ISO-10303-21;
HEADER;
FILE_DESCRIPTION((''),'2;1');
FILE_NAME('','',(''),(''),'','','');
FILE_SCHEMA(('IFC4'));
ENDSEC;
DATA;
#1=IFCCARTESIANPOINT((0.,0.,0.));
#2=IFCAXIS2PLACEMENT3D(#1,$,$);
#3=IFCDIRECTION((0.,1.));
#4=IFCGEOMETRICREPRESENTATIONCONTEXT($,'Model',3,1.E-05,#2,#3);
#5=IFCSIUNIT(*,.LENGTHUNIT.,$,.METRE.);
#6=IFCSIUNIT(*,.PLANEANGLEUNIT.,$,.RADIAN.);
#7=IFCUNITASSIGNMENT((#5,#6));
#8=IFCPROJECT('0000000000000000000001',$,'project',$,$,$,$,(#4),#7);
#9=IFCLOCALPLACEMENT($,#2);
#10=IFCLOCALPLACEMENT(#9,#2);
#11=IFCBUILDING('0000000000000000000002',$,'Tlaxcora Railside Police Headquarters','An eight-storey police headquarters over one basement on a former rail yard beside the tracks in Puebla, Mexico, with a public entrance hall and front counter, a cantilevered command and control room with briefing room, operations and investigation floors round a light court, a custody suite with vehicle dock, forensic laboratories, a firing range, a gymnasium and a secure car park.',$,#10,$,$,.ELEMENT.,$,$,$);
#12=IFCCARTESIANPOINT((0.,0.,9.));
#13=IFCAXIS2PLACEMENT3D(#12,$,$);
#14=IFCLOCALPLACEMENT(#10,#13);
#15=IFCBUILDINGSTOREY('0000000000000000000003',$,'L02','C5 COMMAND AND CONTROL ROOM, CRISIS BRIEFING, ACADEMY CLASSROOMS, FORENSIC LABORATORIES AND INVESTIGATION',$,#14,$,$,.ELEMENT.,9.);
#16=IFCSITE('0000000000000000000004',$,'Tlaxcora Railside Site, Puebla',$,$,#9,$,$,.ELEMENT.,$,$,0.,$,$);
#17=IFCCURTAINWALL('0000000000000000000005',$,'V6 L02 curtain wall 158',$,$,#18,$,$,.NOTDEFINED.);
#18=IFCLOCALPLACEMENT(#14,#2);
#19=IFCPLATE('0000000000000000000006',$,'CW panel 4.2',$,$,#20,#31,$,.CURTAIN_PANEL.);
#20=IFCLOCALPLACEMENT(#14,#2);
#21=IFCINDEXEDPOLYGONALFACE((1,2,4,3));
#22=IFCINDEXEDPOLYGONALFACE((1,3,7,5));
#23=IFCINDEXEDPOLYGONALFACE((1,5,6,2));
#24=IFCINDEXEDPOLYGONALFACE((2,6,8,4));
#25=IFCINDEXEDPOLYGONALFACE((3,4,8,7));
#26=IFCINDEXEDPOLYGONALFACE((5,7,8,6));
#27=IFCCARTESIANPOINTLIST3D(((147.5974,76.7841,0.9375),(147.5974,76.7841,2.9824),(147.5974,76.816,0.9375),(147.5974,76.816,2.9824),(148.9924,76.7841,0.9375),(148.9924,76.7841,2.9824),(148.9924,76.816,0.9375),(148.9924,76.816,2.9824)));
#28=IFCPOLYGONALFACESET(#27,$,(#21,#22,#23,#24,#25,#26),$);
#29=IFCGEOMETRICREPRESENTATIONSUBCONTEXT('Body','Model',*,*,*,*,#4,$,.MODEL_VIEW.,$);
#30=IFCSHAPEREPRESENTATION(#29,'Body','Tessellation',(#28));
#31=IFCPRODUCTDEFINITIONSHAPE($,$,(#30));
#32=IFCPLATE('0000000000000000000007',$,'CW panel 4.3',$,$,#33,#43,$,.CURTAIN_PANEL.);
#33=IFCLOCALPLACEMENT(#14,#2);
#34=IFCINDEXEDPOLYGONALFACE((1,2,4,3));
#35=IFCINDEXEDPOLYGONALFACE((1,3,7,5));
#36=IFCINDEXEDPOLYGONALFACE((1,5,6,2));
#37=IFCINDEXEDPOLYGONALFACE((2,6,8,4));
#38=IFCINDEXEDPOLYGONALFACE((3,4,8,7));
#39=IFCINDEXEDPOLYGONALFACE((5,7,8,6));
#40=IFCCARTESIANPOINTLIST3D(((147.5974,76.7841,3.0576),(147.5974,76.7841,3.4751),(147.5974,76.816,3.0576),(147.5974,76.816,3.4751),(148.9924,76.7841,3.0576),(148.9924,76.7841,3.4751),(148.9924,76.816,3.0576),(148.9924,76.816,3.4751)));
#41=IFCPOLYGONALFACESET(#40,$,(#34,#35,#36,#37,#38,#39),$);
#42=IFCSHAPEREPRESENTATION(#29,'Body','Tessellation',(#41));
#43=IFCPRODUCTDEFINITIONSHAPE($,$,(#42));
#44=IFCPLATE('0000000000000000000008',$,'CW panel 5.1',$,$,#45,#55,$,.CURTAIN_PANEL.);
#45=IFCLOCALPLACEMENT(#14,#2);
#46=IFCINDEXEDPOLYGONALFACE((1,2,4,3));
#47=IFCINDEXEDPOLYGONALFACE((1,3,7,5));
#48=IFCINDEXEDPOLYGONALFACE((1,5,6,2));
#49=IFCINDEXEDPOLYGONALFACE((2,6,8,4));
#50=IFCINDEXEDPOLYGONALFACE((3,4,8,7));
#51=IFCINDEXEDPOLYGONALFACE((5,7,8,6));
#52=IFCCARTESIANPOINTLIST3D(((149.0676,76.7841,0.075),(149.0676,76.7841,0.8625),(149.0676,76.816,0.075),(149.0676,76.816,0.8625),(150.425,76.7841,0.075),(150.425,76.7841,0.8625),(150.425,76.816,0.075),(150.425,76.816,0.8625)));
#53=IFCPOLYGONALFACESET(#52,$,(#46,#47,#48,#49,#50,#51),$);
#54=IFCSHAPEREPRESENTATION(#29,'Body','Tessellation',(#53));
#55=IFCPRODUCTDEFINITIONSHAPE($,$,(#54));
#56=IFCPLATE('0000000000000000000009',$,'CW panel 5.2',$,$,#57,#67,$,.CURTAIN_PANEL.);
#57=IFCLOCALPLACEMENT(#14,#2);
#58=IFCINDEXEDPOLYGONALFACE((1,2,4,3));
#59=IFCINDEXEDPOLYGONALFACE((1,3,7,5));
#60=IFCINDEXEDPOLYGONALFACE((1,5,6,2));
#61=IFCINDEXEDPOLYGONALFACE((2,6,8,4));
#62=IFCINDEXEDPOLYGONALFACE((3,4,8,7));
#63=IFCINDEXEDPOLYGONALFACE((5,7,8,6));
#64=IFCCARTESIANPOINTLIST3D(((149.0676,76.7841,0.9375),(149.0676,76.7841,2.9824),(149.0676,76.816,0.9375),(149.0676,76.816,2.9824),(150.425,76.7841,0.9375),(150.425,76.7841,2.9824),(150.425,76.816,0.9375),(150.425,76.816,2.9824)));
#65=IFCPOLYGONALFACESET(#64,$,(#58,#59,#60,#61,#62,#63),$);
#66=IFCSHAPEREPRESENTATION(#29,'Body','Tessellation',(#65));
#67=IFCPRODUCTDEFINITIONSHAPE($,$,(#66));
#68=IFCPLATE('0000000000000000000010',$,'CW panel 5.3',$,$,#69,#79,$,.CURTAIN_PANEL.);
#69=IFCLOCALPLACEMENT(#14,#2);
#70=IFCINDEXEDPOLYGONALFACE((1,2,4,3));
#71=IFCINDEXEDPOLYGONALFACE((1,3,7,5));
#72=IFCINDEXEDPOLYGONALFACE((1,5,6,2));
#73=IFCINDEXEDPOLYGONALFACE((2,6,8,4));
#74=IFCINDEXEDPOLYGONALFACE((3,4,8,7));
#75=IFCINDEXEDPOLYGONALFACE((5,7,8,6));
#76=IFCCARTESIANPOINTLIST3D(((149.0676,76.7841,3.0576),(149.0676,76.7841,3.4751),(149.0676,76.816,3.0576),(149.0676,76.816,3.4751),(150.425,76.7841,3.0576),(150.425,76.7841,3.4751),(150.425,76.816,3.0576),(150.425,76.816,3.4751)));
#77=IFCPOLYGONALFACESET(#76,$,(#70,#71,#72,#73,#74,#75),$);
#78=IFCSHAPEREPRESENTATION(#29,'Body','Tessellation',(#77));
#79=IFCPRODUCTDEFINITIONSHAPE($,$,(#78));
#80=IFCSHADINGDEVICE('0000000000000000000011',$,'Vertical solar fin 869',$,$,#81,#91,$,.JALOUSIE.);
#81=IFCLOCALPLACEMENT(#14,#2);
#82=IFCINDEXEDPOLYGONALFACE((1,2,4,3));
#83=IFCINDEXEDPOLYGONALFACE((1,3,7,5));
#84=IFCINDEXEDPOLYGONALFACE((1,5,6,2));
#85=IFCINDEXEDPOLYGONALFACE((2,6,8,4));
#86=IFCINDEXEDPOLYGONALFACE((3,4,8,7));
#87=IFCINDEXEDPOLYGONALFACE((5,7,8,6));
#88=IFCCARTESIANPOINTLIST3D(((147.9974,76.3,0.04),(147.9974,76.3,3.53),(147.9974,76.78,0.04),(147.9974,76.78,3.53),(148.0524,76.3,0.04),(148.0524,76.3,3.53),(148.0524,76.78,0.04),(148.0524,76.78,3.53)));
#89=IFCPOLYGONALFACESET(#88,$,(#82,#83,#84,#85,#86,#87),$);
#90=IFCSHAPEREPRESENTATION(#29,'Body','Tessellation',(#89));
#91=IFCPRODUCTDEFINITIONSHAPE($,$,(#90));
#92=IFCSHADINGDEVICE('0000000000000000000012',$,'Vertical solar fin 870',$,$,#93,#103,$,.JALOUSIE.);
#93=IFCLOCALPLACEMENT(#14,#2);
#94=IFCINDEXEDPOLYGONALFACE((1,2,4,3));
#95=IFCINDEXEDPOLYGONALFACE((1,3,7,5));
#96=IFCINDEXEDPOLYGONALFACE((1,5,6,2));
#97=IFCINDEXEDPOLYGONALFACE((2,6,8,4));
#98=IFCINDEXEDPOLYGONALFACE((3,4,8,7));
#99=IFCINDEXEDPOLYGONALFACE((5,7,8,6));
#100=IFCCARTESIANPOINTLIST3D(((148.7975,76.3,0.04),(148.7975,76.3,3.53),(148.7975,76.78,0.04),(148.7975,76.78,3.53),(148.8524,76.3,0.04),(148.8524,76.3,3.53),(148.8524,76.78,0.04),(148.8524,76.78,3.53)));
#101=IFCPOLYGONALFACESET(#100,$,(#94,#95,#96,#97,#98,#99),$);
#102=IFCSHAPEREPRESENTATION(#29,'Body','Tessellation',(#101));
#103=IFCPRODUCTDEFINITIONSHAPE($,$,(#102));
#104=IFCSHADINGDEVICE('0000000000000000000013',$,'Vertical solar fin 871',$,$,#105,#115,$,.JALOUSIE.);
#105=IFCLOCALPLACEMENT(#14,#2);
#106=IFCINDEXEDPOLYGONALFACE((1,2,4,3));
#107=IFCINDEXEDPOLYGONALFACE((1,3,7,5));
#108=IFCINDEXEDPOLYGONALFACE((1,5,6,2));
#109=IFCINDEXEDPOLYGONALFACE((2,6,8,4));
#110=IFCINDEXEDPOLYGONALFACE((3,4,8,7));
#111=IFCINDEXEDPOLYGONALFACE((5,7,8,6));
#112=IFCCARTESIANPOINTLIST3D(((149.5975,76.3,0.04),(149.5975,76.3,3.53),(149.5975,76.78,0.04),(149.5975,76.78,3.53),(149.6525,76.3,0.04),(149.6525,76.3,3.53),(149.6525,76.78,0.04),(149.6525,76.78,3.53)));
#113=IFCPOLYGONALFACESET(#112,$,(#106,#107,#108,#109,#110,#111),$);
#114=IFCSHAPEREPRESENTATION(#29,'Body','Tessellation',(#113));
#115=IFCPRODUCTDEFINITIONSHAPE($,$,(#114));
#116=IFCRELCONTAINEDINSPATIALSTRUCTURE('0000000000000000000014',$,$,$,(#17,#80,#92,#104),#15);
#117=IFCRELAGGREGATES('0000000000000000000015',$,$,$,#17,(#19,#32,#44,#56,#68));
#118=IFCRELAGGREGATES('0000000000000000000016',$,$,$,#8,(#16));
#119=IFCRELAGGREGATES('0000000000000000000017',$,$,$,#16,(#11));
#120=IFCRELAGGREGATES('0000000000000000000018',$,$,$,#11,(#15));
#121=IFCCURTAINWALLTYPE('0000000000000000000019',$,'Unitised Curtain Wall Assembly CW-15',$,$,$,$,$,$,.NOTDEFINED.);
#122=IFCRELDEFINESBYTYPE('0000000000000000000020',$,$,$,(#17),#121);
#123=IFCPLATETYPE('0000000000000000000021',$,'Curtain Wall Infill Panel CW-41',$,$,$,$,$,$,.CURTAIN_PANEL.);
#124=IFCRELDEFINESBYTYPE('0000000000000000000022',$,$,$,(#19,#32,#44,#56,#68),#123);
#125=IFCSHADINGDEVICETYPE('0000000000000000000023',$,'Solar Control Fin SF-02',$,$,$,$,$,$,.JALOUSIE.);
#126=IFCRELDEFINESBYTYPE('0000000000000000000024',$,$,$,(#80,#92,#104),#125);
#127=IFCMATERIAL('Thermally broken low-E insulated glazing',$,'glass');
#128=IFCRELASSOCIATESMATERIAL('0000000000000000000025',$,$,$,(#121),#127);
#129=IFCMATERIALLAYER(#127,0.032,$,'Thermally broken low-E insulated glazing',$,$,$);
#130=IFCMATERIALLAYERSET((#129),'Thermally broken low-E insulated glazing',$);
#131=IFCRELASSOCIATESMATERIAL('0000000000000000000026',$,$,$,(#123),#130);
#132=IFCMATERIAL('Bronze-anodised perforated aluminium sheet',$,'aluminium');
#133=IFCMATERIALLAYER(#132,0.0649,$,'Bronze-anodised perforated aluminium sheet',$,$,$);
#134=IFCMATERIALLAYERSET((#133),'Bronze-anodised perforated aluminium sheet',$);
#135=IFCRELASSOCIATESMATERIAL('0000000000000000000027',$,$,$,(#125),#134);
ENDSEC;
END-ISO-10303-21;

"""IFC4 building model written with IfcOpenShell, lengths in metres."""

from ifc_helpers import new_model, si_unit, direction, frame, origin, origin_2d, place, context, subcontext, project, spatial, rectangle, extrude, material, layer, layer_set, type_object, element, aggregate, save


model = new_model("IFC4")

# Units and contexts
model_context = context("Model", 3, precision=1e-05, world=origin(), true_north=direction((0.0, 1.0)))
body_context = subcontext(model_context, "Body", "Model", "MODEL_VIEW")
ifc_project = project(units=[si_unit("LENGTHUNIT", "METRE"), si_unit("PLANEANGLEUNIT", "RADIAN")], contexts=[model_context])

# Site, building, storey
site_placement = place(None, origin())
site = spatial("IfcSite", under=ifc_project, at=site_placement, Name="Tlaxcora Railside Site, Puebla", CompositionType="ELEMENT", RefElevation=0.0)
building_placement = place(site_placement, origin())
building = spatial("IfcBuilding", under=site, at=building_placement, Name="Tlaxcora Railside Police Headquarters", Description="An eight-storey police headquarters over one basement on a former rail yard beside the tracks in Puebla, Mexico, with a public entrance hall and front counter, a cantilevered command and control room with briefing room, operations and investigation floors round a light court, a custody suite with vehicle dock, forensic laboratories, a firing range, a gymnasium and a secure car park.", CompositionType="ELEMENT")
storey_placement = place(building_placement, frame((0.0, 0.0, 9.0)))
storey = spatial("IfcBuildingStorey", under=building, at=storey_placement, Name="L02", Description="C5 COMMAND AND CONTROL ROOM, CRISIS BRIEFING, ACADEMY CLASSROOMS, FORENSIC LABORATORIES AND INVESTIGATION", CompositionType="ELEMENT", Elevation=9.0)

# Curtain wall
ifc_material_1 = material(Name="Thermally broken low-E insulated glazing", Category="glass")
curtain_wall_type = type_object("IfcCurtainWallType", Name="Unitised Curtain Wall Assembly CW-15", PredefinedType="NOTDEFINED", material=ifc_material_1)
curtain_wall_placement = place(storey_placement, origin())
curtain_wall = element("IfcCurtainWall", 1, at=curtain_wall_placement, inside=storey, type_object=curtain_wall_type, Name="V6 L02 curtain wall 158", PredefinedType="NOTDEFINED")

# Plates
ifc_layer_1 = layer(ifc_material_1, 0.032, Name="Thermally broken low-E insulated glazing")
ifc_layer_set_1 = layer_set([ifc_layer_1], Name="Thermally broken low-E insulated glazing")
plate_type = type_object("IfcPlateType", Name="Curtain Wall Infill Panel CW-41", PredefinedType="CURTAIN_PANEL", material=ifc_layer_set_1)
plate_1_placement = place(storey_placement, frame((148.2949, 76.8, 0.9375), z_axis=(0.0, 0.0, 1.0), x_axis=(1.0, 0.0, 0.0)))
plate_1 = element("IfcPlate", 2, at=plate_1_placement, type_object=plate_type, Name="CW panel 4.2", PredefinedType="CURTAIN_PANEL", context=body_context, shape_type="SweptSolid", body=[
    extrude(rectangle(XDim=1.395, YDim=0.032, at=origin_2d()), origin(), (0.0, 0.0, 1.0), 2.0449),
])
plate_2_placement = place(storey_placement, frame((148.2949, 76.8, 3.0576), z_axis=(0.0, 0.0, 1.0), x_axis=(1.0, 0.0, 0.0)))
plate_2 = element("IfcPlate", 3, at=plate_2_placement, type_object=plate_type, Name="CW panel 4.3", PredefinedType="CURTAIN_PANEL", context=body_context, shape_type="SweptSolid", body=[
    extrude(rectangle(XDim=1.395, YDim=0.032, at=origin_2d()), origin(), (0.0, 0.0, 1.0), 0.4175),
])
plate_3_placement = place(storey_placement, frame((149.7463, 76.8, 0.075), z_axis=(0.0, 0.0, 1.0), x_axis=(1.0, 0.0, 0.0)))
plate_3 = element("IfcPlate", 4, at=plate_3_placement, type_object=plate_type, Name="CW panel 5.1", PredefinedType="CURTAIN_PANEL", context=body_context, shape_type="SweptSolid", body=[
    extrude(rectangle(XDim=1.3574, YDim=0.032, at=origin_2d()), origin(), (0.0, 0.0, 1.0), 0.7876),
])
plate_4_placement = place(storey_placement, frame((149.7463, 76.8, 0.9375), z_axis=(0.0, 0.0, 1.0), x_axis=(1.0, 0.0, 0.0)))
plate_4 = element("IfcPlate", 5, at=plate_4_placement, type_object=plate_type, Name="CW panel 5.2", PredefinedType="CURTAIN_PANEL", context=body_context, shape_type="SweptSolid", body=[
    extrude(rectangle(XDim=1.3574, YDim=0.032, at=origin_2d()), origin(), (0.0, 0.0, 1.0), 2.0449),
])
plate_5_placement = place(storey_placement, frame((149.7463, 76.8, 3.0576), z_axis=(0.0, 0.0, 1.0), x_axis=(1.0, 0.0, 0.0)))
plate_5 = element("IfcPlate", 6, at=plate_5_placement, type_object=plate_type, Name="CW panel 5.3", PredefinedType="CURTAIN_PANEL", context=body_context, shape_type="SweptSolid", body=[
    extrude(rectangle(XDim=1.3574, YDim=0.032, at=origin_2d()), origin(), (0.0, 0.0, 1.0), 0.4175),
])
aggregate(curtain_wall, [plate_1, plate_2, plate_3, plate_4, plate_5])

# Shading devices
ifc_material_2 = material(Name="Bronze-anodised perforated aluminium sheet", Category="aluminium")
ifc_layer_2 = layer(ifc_material_2, 0.0649, Name="Bronze-anodised perforated aluminium sheet")
ifc_layer_set_2 = layer_set([ifc_layer_2], Name="Bronze-anodised perforated aluminium sheet")
shading_device_type = type_object("IfcShadingDeviceType", Name="Solar Control Fin SF-02", PredefinedType="JALOUSIE", material=ifc_layer_set_2)
for number, where, z_axis, x_axis, name in (
    (7, (148.0249, 76.54, 0.04), (0.0, 0.0, 1.0), (0.0, -1.0, 0.0), "Vertical solar fin 869"),
    (8, (148.825, 76.54, 0.04), (0.0, 0.0, 1.0), (0.0, -1.0, 0.0), "Vertical solar fin 870"),
    (9, (149.625, 76.54, 0.04), (0.0, 0.0, 1.0), (0.0, -1.0, 0.0), "Vertical solar fin 871"),
):
    element("IfcShadingDevice", number, at=place(storey_placement, frame(where, z_axis=z_axis, x_axis=x_axis)), inside=storey, type_object=shading_device_type, Name=name, PredefinedType="JALOUSIE", context=body_context, shape_type="SweptSolid", body=[
        extrude(rectangle(XDim=0.48, YDim=0.0549, at=origin_2d()), origin(), (0.0, 0.0, 1.0), 3.49),
    ])

save(model, "model.ifc")
